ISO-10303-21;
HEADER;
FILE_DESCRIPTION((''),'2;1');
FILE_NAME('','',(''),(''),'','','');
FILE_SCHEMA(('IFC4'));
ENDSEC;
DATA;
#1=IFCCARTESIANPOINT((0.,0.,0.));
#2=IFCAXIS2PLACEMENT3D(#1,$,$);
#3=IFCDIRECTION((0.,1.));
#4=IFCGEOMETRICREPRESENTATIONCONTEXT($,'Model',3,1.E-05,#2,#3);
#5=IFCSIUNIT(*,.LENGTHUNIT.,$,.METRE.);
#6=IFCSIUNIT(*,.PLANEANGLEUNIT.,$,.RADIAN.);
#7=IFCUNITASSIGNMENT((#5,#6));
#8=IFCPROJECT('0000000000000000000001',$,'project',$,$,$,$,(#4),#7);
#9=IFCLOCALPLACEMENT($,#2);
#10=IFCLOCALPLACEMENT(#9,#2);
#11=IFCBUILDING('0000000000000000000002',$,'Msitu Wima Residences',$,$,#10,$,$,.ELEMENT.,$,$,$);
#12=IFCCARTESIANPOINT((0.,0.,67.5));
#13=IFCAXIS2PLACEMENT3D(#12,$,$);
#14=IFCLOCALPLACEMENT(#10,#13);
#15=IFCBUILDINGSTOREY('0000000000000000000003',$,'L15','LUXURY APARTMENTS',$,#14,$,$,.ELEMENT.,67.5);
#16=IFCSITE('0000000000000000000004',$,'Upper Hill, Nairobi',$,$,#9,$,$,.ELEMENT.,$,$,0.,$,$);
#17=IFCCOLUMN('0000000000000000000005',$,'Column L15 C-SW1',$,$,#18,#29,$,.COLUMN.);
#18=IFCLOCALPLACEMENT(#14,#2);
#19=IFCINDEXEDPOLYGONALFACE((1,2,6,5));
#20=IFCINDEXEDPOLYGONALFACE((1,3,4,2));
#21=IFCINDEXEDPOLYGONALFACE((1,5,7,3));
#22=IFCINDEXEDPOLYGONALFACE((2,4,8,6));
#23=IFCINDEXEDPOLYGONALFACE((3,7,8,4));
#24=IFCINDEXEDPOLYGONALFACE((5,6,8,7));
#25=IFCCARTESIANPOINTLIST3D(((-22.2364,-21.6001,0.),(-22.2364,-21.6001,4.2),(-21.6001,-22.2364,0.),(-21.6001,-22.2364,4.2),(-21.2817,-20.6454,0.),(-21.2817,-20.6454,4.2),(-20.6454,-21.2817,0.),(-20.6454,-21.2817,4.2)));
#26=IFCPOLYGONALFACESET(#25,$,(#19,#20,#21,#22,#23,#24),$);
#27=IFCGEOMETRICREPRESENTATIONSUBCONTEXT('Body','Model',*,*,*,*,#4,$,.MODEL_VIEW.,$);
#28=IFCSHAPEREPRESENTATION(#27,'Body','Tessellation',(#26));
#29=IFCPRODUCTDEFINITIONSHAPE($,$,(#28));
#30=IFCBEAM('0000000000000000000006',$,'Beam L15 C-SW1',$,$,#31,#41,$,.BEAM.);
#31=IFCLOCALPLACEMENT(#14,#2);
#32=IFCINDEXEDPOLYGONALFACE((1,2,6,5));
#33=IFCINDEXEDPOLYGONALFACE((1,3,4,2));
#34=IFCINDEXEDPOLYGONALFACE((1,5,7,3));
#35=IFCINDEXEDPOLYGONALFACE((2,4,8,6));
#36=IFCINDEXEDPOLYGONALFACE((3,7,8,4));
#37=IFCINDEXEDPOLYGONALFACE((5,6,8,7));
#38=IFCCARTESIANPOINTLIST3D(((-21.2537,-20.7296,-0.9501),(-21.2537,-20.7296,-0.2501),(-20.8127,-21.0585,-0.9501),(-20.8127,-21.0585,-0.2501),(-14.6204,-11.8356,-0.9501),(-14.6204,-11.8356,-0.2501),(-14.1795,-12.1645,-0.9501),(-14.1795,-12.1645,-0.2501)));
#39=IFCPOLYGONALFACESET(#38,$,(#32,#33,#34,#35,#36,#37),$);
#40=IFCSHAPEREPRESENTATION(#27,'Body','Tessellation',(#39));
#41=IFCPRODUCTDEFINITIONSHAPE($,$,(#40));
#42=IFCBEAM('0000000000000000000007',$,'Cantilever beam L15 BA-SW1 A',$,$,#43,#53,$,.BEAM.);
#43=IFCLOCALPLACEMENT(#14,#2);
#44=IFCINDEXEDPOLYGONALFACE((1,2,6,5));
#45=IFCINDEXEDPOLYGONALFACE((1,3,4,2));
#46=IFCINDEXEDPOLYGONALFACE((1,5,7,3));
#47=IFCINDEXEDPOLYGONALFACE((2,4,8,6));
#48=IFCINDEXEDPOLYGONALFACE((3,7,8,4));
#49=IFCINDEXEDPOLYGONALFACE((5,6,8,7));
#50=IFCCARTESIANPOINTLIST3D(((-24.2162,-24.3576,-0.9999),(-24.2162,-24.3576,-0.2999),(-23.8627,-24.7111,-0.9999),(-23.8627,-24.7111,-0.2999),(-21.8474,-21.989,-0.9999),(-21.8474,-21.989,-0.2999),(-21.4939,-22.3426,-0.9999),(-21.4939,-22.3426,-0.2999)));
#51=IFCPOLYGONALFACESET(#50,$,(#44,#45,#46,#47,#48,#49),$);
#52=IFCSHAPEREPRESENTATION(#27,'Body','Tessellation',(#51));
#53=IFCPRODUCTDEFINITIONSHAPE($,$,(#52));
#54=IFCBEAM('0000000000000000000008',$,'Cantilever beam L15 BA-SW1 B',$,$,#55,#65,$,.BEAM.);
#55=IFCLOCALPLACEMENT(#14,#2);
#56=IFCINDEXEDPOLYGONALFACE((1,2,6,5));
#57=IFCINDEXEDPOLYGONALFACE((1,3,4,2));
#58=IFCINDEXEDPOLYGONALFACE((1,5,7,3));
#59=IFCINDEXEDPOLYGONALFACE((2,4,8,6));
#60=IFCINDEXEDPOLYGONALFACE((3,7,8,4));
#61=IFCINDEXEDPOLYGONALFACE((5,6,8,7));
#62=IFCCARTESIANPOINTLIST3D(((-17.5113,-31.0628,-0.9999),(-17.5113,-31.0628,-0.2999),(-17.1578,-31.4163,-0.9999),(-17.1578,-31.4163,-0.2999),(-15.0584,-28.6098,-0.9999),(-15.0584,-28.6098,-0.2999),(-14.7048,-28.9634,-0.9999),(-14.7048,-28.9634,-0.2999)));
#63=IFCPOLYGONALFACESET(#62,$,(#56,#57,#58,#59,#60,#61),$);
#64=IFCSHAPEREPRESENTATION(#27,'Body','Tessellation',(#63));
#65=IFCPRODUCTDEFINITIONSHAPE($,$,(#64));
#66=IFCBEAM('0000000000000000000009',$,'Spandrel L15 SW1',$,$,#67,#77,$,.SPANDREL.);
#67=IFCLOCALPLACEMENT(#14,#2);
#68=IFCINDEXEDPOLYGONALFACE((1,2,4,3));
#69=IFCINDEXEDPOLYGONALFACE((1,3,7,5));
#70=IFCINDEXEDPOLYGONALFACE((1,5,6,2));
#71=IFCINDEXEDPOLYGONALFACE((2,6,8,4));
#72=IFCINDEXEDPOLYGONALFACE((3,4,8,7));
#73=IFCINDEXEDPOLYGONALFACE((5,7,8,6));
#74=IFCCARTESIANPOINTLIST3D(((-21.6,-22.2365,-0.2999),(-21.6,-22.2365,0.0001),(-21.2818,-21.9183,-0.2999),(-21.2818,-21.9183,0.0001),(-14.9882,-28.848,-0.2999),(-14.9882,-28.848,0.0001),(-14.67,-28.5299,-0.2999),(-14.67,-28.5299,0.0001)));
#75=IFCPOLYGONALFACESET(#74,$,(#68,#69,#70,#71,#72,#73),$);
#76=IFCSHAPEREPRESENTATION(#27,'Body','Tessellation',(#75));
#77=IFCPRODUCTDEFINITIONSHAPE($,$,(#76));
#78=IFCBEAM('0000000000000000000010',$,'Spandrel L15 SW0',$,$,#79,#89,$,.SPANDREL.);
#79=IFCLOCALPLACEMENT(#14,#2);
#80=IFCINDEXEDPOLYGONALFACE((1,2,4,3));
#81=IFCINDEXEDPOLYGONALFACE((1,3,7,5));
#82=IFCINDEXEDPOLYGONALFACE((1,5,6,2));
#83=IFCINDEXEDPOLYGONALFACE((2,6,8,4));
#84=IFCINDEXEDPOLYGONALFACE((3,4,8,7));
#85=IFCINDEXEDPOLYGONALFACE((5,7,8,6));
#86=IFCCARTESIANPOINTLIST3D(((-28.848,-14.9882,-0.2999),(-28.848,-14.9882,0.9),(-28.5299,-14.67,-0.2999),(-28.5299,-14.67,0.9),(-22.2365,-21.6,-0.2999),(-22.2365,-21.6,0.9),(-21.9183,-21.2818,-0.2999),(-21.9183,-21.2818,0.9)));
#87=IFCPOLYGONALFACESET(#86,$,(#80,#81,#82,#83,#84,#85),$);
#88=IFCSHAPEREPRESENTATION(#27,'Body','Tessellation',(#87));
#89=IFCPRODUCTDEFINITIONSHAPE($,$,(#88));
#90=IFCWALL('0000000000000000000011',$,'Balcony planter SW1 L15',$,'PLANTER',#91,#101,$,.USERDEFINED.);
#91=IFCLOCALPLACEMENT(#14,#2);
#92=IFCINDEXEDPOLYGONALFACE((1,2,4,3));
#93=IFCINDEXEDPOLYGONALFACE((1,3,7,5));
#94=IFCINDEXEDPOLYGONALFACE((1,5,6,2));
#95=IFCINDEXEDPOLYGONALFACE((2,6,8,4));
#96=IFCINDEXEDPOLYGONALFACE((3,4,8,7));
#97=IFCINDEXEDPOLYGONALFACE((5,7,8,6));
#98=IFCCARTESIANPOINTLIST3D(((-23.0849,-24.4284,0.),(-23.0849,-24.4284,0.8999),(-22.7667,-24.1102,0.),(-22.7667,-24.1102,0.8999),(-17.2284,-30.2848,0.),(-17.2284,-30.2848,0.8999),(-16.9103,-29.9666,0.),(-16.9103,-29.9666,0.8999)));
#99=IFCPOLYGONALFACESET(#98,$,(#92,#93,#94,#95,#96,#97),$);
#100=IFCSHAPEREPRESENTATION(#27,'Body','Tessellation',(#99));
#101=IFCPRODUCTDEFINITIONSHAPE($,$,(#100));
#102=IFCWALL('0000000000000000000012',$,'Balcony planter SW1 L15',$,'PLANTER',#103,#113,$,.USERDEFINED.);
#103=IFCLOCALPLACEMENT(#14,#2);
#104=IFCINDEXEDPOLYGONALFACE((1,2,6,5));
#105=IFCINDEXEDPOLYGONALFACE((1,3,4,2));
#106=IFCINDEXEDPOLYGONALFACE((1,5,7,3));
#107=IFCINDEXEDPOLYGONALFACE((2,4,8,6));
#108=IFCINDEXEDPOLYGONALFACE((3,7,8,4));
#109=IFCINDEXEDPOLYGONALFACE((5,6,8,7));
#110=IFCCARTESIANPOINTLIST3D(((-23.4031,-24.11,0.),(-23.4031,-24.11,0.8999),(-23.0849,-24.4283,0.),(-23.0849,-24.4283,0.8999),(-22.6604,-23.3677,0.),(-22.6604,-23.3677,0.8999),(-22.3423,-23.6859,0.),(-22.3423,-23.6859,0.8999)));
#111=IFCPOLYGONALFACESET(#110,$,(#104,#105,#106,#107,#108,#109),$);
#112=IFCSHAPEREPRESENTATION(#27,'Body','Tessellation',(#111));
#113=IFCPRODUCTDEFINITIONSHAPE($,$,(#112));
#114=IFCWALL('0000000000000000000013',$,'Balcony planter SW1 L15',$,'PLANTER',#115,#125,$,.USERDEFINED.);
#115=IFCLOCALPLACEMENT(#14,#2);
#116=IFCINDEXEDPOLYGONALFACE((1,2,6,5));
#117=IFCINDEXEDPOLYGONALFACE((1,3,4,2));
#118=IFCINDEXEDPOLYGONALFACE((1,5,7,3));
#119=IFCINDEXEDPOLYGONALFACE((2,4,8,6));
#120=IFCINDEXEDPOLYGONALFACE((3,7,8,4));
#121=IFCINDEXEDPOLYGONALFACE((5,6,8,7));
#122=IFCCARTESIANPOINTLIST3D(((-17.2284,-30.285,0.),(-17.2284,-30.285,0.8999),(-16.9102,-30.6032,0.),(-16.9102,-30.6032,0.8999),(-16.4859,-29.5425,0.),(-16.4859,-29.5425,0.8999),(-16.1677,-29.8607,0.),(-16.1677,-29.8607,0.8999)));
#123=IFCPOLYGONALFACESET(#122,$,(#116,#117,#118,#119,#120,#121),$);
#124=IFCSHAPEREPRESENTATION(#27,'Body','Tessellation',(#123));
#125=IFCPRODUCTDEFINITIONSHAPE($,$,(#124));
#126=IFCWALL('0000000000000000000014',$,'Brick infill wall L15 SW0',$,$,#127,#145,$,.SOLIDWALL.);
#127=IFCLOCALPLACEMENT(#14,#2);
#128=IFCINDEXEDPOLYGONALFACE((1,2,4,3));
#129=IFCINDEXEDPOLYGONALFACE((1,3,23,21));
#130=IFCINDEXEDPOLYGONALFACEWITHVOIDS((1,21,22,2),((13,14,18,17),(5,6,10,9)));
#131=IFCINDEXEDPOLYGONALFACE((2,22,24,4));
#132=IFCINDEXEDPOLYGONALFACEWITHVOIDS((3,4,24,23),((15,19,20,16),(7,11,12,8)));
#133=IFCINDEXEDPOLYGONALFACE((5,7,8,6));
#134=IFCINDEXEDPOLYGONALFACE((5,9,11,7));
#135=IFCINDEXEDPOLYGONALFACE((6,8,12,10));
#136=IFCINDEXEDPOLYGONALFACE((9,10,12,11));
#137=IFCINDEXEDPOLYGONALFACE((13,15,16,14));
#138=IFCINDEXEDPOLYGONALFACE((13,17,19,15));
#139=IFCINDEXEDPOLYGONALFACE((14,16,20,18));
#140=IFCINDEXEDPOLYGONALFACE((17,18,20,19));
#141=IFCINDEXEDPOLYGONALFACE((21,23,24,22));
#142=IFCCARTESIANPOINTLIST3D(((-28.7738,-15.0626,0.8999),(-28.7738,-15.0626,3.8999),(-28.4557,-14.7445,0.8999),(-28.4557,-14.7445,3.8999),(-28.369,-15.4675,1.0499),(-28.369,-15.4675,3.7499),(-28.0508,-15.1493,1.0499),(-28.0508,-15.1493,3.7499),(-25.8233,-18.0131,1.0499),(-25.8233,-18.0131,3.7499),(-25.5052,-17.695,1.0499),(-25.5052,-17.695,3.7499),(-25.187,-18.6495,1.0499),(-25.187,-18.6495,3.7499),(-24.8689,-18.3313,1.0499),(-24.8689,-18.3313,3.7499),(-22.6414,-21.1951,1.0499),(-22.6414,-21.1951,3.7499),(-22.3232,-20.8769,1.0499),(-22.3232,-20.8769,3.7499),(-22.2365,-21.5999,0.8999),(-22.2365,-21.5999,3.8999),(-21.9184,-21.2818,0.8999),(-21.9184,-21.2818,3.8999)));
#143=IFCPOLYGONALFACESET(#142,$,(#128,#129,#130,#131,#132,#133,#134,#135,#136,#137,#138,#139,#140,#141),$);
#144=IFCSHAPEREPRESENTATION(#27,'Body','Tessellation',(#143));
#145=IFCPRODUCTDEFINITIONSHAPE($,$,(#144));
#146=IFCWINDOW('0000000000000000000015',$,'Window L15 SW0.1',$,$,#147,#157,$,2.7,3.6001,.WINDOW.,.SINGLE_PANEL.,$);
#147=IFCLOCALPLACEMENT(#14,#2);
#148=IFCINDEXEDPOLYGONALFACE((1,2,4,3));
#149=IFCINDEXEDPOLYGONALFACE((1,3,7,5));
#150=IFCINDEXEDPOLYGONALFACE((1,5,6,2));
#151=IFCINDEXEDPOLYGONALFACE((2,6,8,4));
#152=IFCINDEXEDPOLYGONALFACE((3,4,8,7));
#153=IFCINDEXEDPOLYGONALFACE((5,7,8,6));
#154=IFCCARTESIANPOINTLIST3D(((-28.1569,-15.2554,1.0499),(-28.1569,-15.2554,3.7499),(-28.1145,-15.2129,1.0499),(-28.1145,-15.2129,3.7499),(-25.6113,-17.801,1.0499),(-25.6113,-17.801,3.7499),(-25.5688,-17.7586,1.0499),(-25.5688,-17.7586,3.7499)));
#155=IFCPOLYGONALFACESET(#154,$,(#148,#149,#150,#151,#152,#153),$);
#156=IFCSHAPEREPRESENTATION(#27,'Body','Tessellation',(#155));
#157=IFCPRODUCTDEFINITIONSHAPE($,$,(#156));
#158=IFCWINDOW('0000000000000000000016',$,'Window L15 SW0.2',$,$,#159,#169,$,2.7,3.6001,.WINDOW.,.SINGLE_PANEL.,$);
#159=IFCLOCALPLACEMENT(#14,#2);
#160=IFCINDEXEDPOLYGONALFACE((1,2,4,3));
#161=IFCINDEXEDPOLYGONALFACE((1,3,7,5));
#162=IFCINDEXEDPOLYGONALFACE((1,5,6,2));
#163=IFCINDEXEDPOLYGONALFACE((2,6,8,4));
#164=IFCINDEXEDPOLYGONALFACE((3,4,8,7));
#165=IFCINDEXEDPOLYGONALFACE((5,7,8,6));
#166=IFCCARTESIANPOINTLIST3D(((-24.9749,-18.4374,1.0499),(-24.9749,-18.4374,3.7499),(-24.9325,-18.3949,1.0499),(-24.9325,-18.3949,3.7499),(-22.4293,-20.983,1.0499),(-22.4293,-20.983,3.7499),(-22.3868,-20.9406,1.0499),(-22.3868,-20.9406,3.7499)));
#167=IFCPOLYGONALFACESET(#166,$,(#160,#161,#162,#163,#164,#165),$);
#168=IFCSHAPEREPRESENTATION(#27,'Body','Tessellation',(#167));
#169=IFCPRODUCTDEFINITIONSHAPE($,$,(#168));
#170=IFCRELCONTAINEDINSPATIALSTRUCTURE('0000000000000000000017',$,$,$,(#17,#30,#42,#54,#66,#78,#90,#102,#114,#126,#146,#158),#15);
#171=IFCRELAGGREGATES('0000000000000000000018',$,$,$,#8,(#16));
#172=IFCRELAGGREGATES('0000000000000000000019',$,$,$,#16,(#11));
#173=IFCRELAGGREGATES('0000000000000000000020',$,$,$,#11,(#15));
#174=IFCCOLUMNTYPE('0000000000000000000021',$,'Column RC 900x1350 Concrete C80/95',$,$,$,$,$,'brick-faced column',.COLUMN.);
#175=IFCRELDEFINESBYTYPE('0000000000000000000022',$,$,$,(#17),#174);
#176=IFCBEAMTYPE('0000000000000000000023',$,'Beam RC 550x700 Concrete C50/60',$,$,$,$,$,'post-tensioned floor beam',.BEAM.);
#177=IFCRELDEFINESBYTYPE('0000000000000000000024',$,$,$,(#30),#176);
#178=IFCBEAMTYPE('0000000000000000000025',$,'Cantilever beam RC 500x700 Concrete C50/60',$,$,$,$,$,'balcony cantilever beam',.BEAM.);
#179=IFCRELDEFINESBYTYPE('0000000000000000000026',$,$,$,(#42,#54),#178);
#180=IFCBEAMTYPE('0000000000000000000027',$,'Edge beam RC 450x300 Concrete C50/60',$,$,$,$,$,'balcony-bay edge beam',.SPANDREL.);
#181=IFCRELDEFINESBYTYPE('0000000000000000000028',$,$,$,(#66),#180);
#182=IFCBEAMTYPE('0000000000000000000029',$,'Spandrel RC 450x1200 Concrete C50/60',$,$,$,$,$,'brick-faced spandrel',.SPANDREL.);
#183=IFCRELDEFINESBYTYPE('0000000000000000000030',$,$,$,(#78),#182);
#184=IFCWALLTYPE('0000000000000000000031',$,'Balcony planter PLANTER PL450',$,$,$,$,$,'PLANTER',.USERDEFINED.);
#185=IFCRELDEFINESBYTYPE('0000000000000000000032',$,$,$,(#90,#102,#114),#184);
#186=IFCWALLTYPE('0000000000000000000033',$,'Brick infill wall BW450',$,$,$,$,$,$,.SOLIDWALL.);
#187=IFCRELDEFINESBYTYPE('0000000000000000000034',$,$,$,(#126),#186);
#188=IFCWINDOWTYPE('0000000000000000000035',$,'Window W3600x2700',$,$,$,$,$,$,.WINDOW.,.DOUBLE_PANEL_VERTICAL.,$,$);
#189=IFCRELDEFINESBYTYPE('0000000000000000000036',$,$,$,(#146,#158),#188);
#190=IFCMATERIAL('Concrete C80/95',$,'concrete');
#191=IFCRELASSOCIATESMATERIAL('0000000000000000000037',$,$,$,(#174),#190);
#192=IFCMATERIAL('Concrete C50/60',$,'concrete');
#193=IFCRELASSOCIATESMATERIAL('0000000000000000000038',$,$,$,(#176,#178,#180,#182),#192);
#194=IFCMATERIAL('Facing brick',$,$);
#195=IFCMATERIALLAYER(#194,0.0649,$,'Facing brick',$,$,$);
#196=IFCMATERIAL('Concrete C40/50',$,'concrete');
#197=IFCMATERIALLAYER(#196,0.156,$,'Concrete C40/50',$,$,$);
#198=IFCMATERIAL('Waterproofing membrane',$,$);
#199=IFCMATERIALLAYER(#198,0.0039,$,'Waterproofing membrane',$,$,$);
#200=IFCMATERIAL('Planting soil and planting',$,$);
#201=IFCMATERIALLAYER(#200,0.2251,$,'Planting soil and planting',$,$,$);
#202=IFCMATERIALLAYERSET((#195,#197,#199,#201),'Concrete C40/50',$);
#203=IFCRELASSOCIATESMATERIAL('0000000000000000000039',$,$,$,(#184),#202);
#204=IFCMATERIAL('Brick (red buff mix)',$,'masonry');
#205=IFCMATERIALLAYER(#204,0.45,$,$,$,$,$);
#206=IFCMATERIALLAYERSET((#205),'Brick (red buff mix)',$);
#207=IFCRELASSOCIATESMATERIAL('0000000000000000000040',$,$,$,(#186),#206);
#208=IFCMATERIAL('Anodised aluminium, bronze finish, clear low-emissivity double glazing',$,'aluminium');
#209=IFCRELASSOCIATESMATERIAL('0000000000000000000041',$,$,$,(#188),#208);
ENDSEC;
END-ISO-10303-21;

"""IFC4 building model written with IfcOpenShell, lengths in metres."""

from ifc_helpers import new_model, si_unit, direction, frame, frame_2d, origin, origin_2d, place, context, subcontext, project, spatial, rectangle, extrude, material, layer, layer_set, material_profile, profile_set, type_object, element, fill, save


model = new_model("IFC4")

# Units and contexts
model_context = context("Model", 3, precision=1e-05, world=origin(), true_north=direction((0.0, 1.0)))
body_context = subcontext(model_context, "Body", "Model", "MODEL_VIEW")
ifc_project = project(units=[si_unit("LENGTHUNIT", "METRE"), si_unit("PLANEANGLEUNIT", "RADIAN")], contexts=[model_context])

# Site, building, storey
site_placement = place(None, origin())
site = spatial("IfcSite", under=ifc_project, at=site_placement, Name="Upper Hill, Nairobi", CompositionType="ELEMENT", RefElevation=0.0)
building_placement = place(site_placement, origin())
building = spatial("IfcBuilding", under=site, at=building_placement, Name="Msitu Wima Residences", CompositionType="ELEMENT")
storey_placement = place(building_placement, frame((0.0, 0.0, 67.5)))
storey = spatial("IfcBuildingStorey", under=building, at=storey_placement, Name="L15", Description="LUXURY APARTMENTS", CompositionType="ELEMENT", Elevation=67.5)

# Column
ifc_material_1 = material(Name="Concrete C80/95", Category="concrete")
ifc_material_profile_1 = material_profile(ifc_material_1, rectangle(XDim=0.8999, YDim=1.3501, at=origin_2d()), Name="RC 900x1350")
ifc_profile_set_1 = profile_set([ifc_material_profile_1], Name="Concrete C80/95")
column_type = type_object("IfcColumnType", Name="Column RC 900x1350 Concrete C80/95", ElementType="brick-faced column", PredefinedType="COLUMN", material=ifc_profile_set_1)
column_placement = place(storey_placement, frame((-21.4409, -21.4409, 0.0), z_axis=(0.0, 0.0, 1.0), x_axis=(0.707107, -0.707107, 0.0)))
element("IfcColumn", 1, at=column_placement, inside=storey, type_object=column_type, Name="Column L15 C-SW1", PredefinedType="COLUMN", context=body_context, shape_type="SweptSolid", body=[
    extrude(rectangle(XDim=0.8999, YDim=1.3501, at=origin_2d()), origin(), (0.0, 0.0, 1.0), 4.2),
])

# Beams
ifc_material_2 = material(Name="Concrete C50/60", Category="concrete")
ifc_material_profile_2 = material_profile(ifc_material_2, rectangle(XDim=0.55, YDim=0.7, at=origin_2d()), Name="RC 550x700")
ifc_profile_set_2 = profile_set([ifc_material_profile_2], Name="Concrete C50/60")
beam_type_1 = type_object("IfcBeamType", Name="Beam RC 550x700 Concrete C50/60", ElementType="post-tensioned floor beam", PredefinedType="BEAM", material=ifc_profile_set_2)
beam_1_placement = place(storey_placement, frame((-21.0332, -20.894, -0.6001), z_axis=(0.59785, 0.801608, 0.0), x_axis=(-0.801608, 0.59785, 0.0)))
element("IfcBeam", 2, at=beam_1_placement, inside=storey, type_object=beam_type_1, Name="Beam L15 C-SW1", PredefinedType="BEAM", context=body_context, shape_type="SweptSolid", body=[
    extrude(rectangle(XDim=0.55, YDim=0.7, at=origin_2d()), origin(), (0.0, 0.0, 1.0), 11.0952),
])
ifc_material_profile_3 = material_profile(ifc_material_2, rectangle(XDim=0.5, YDim=0.7, at=origin_2d()), Name="RC 500x700")
ifc_profile_set_3 = profile_set([ifc_material_profile_3], Name="Concrete C50/60")
beam_type_2 = type_object("IfcBeamType", Name="Cantilever beam RC 500x700 Concrete C50/60", ElementType="balcony cantilever beam", PredefinedType="BEAM", material=ifc_profile_set_3)
beam_2_placement = place(storey_placement, frame((-21.6707, -22.1658, -0.6499), z_axis=(-0.707143, -0.70707, 0.0), x_axis=(0.70707, -0.707143, 0.0)))
element("IfcBeam", 3, at=beam_2_placement, inside=storey, type_object=beam_type_2, Name="Cantilever beam L15 BA-SW1 A", PredefinedType="BEAM", context=body_context, shape_type="SweptSolid", body=[
    extrude(rectangle(XDim=0.5, YDim=0.7, at=origin_2d()), origin(), (0.0, 0.0, 1.0), 3.3499),
])
beam_3_placement = place(storey_placement, frame((-14.8816, -28.7866, -0.6499), z_axis=(-0.707107, -0.707107, 0.0), x_axis=(0.707107, -0.707107, 0.0)))
element("IfcBeam", 4, at=beam_3_placement, inside=storey, type_object=beam_type_2, Name="Cantilever beam L15 BA-SW1 B", PredefinedType="BEAM", context=body_context, shape_type="SweptSolid", body=[
    extrude(rectangle(XDim=0.5, YDim=0.7, at=origin_2d()), origin(), (0.0, 0.0, 1.0), 3.469),
])
ifc_material_profile_4 = material_profile(ifc_material_2, rectangle(XDim=0.45, YDim=0.3, at=origin_2d()), Name="RC 450x300")
ifc_profile_set_4 = profile_set([ifc_material_profile_4], Name="Concrete C50/60")
beam_type_3 = type_object("IfcBeamType", Name="Edge beam RC 450x300 Concrete C50/60", ElementType="balcony-bay edge beam", PredefinedType="SPANDREL", material=ifc_profile_set_4)
beam_4_placement = place(storey_placement, frame((-21.4409, -22.0774, -0.1499), z_axis=(0.70712, -0.707094, 0.0), x_axis=(0.707094, 0.70712, 0.0)))
element("IfcBeam", 5, at=beam_4_placement, inside=storey, type_object=beam_type_3, Name="Spandrel L15 SW1", PredefinedType="SPANDREL", context=body_context, shape_type="SweptSolid", body=[
    extrude(rectangle(XDim=0.45, YDim=0.3, at=origin_2d()), origin(), (0.0, 0.0, 1.0), 9.3503),
])
ifc_material_profile_5 = material_profile(ifc_material_2, rectangle(XDim=0.45, YDim=1.2, at=origin_2d()), Name="RC 450x1200")
ifc_profile_set_5 = profile_set([ifc_material_profile_5], Name="Concrete C50/60")
beam_type_4 = type_object("IfcBeamType", Name="Spandrel RC 450x1200 Concrete C50/60", ElementType="brick-faced spandrel", PredefinedType="SPANDREL", material=ifc_profile_set_5)
beam_5_placement = place(storey_placement, frame((-28.689, -14.8291, 0.3), z_axis=(0.707094, -0.70712, 0.0), x_axis=(0.70712, 0.707094, 0.0)))
element("IfcBeam", 6, at=beam_5_placement, inside=storey, type_object=beam_type_4, Name="Spandrel L15 SW0", PredefinedType="SPANDREL", context=body_context, shape_type="SweptSolid", body=[
    extrude(rectangle(XDim=0.45, YDim=1.2, at=origin_2d()), origin(), (0.0, 0.0, 1.0), 9.3503),
])

# Walls
ifc_material_3 = material(Name="Facing brick")
ifc_layer_1 = layer(ifc_material_3, 0.0649, Name="Facing brick")
ifc_material_4 = material(Name="Concrete C40/50", Category="concrete")
ifc_layer_2 = layer(ifc_material_4, 0.156, Name="Concrete C40/50")
ifc_material_5 = material(Name="Waterproofing membrane")
ifc_layer_3 = layer(ifc_material_5, 0.0039, Name="Waterproofing membrane")
ifc_material_6 = material(Name="Planting soil and planting")
ifc_layer_4 = layer(ifc_material_6, 0.2251, Name="Planting soil and planting")
ifc_layer_set_1 = layer_set([ifc_layer_1, ifc_layer_2, ifc_layer_3, ifc_layer_4], Name="Concrete C40/50")
wall_type_1 = type_object("IfcWallType", Name="Balcony planter PLANTER PL450", ElementType="PLANTER", PredefinedType="USERDEFINED", material=ifc_layer_set_1)
wall_1_placement = place(storey_placement, frame((-22.9258, -24.2693, 0.0), z_axis=(0.0, 0.0, 1.0), x_axis=(0.707107, -0.707107, 0.0)))
element("IfcWall", 7, at=wall_1_placement, inside=storey, type_object=wall_type_1, Name="Balcony planter SW1 L15", ObjectType="PLANTER", PredefinedType="USERDEFINED", context=body_context, shape_type="SweptSolid", body=[
    extrude(rectangle(XDim=8.2822, YDim=0.45, at=frame_2d((4.1411, 0.0))), origin(), (0.0, 0.0, 1.0), 0.8999),
])
for number, where, z_axis, x_axis, name in (
    (8, (-22.5015, -23.5269, 0.0), (0.0, 0.0, 1.0), (-0.707223, -0.706991, 0.0), "Balcony planter SW1 L15"),
    (9, (-16.3269, -29.7017, 0.0), (0.0, 0.0, 1.0), (-0.707107, -0.707107, 0.0), "Balcony planter SW1 L15"),
):
    element("IfcWall", number, at=place(storey_placement, frame(where, z_axis=z_axis, x_axis=x_axis)), inside=storey, type_object=wall_type_1, Name=name, ObjectType="PLANTER", PredefinedType="USERDEFINED", context=body_context, shape_type="SweptSolid", body=[
        extrude(rectangle(XDim=1.05, YDim=0.45, at=frame_2d((0.5249, 0.0))), origin(), (0.0, 0.0, 1.0), 0.8999),
    ])

# Wall, openings, windows
ifc_material_7 = material(Name="Brick (red buff mix)", Category="masonry")
ifc_layer_5 = layer(ifc_material_7, 0.45)
ifc_layer_set_2 = layer_set([ifc_layer_5], Name="Brick (red buff mix)")
wall_type_2 = type_object("IfcWallType", Name="Brick infill wall BW450", PredefinedType="SOLIDWALL", material=ifc_layer_set_2)
wall_2_placement = place(storey_placement, frame((-28.6147, -14.9036, 0.8999), z_axis=(0.0, 0.0, 1.0), x_axis=(0.707107, -0.707107, 0.0)))
wall_2 = element("IfcWall", 10, at=wall_2_placement, inside=storey, type_object=wall_type_2, Name="Brick infill wall L15 SW0", PredefinedType="SOLIDWALL", context=body_context, shape_type="SweptSolid", body=[
    extrude(rectangle(XDim=9.2451, YDim=0.45, at=frame_2d((4.6226, 0.0))), origin(), (0.0, 0.0, 1.0), 3.0),
])
opening_1_placement = place(wall_2_placement, frame((0.5725, 0.0, 0.1499)))
opening_1 = element("IfcOpeningElement", 11, at=opening_1_placement, cuts=wall_2, PredefinedType="OPENING", context=body_context, shape_type="SweptSolid", body=[
    extrude(rectangle(XDim=3.6001, YDim=2.7, at=frame_2d((1.8, 1.3501))), frame((0.0, 0.2349, 0.0), z_axis=(0.0, -1.0, 0.0), x_axis=(1.0, 0.0, 0.0)), (0.0, 0.0, 1.0), 0.47),
])
opening_2_placement = place(wall_2_placement, frame((5.0725, 0.0, 0.1499)))
opening_2 = element("IfcOpeningElement", 12, at=opening_2_placement, cuts=wall_2, PredefinedType="OPENING", context=body_context, shape_type="SweptSolid", body=[
    extrude(rectangle(XDim=3.6001, YDim=2.7, at=frame_2d((1.8, 1.3501))), frame((0.0, 0.2349, 0.0), z_axis=(0.0, -1.0, 0.0), x_axis=(1.0, 0.0, 0.0)), (0.0, 0.0, 1.0), 0.47),
])
ifc_material_8 = material(Name="Anodised aluminium, bronze finish, clear low-emissivity double glazing", Category="aluminium")
window_type = type_object("IfcWindowType", Name="Window W3600x2700", PartitioningType="DOUBLE_PANEL_VERTICAL", PredefinedType="WINDOW", material=ifc_material_8)
window_1_placement = place(opening_1_placement, origin())
window_1 = element("IfcWindow", 13, at=window_1_placement, inside=storey, type_object=window_type, Name="Window L15 SW0.1", OverallHeight=2.7, OverallWidth=3.6001, PartitioningType="SINGLE_PANEL", PredefinedType="WINDOW", context=body_context, shape_type="SweptSolid", body=[
    extrude(rectangle(XDim=3.6001, YDim=2.7, at=frame_2d((1.8, 1.3501))), frame((0.0, 0.135, 0.0), z_axis=(0.0, -1.0, 0.0), x_axis=(1.0, 0.0, 0.0)), (0.0, 0.0, 1.0), 0.0601),
])
fill(opening_1, window_1)
window_2_placement = place(opening_2_placement, origin())
window_2 = element("IfcWindow", 14, at=window_2_placement, inside=storey, type_object=window_type, Name="Window L15 SW0.2", OverallHeight=2.7, OverallWidth=3.6001, PartitioningType="SINGLE_PANEL", PredefinedType="WINDOW", context=body_context, shape_type="SweptSolid", body=[
    extrude(rectangle(XDim=3.6001, YDim=2.7, at=frame_2d((1.8, 1.3501))), frame((0.0, 0.135, 0.0), z_axis=(0.0, -1.0, 0.0), x_axis=(1.0, 0.0, 0.0)), (0.0, 0.0, 1.0), 0.0601),
])
fill(opening_2, window_2)

save(model, "model.ifc")
